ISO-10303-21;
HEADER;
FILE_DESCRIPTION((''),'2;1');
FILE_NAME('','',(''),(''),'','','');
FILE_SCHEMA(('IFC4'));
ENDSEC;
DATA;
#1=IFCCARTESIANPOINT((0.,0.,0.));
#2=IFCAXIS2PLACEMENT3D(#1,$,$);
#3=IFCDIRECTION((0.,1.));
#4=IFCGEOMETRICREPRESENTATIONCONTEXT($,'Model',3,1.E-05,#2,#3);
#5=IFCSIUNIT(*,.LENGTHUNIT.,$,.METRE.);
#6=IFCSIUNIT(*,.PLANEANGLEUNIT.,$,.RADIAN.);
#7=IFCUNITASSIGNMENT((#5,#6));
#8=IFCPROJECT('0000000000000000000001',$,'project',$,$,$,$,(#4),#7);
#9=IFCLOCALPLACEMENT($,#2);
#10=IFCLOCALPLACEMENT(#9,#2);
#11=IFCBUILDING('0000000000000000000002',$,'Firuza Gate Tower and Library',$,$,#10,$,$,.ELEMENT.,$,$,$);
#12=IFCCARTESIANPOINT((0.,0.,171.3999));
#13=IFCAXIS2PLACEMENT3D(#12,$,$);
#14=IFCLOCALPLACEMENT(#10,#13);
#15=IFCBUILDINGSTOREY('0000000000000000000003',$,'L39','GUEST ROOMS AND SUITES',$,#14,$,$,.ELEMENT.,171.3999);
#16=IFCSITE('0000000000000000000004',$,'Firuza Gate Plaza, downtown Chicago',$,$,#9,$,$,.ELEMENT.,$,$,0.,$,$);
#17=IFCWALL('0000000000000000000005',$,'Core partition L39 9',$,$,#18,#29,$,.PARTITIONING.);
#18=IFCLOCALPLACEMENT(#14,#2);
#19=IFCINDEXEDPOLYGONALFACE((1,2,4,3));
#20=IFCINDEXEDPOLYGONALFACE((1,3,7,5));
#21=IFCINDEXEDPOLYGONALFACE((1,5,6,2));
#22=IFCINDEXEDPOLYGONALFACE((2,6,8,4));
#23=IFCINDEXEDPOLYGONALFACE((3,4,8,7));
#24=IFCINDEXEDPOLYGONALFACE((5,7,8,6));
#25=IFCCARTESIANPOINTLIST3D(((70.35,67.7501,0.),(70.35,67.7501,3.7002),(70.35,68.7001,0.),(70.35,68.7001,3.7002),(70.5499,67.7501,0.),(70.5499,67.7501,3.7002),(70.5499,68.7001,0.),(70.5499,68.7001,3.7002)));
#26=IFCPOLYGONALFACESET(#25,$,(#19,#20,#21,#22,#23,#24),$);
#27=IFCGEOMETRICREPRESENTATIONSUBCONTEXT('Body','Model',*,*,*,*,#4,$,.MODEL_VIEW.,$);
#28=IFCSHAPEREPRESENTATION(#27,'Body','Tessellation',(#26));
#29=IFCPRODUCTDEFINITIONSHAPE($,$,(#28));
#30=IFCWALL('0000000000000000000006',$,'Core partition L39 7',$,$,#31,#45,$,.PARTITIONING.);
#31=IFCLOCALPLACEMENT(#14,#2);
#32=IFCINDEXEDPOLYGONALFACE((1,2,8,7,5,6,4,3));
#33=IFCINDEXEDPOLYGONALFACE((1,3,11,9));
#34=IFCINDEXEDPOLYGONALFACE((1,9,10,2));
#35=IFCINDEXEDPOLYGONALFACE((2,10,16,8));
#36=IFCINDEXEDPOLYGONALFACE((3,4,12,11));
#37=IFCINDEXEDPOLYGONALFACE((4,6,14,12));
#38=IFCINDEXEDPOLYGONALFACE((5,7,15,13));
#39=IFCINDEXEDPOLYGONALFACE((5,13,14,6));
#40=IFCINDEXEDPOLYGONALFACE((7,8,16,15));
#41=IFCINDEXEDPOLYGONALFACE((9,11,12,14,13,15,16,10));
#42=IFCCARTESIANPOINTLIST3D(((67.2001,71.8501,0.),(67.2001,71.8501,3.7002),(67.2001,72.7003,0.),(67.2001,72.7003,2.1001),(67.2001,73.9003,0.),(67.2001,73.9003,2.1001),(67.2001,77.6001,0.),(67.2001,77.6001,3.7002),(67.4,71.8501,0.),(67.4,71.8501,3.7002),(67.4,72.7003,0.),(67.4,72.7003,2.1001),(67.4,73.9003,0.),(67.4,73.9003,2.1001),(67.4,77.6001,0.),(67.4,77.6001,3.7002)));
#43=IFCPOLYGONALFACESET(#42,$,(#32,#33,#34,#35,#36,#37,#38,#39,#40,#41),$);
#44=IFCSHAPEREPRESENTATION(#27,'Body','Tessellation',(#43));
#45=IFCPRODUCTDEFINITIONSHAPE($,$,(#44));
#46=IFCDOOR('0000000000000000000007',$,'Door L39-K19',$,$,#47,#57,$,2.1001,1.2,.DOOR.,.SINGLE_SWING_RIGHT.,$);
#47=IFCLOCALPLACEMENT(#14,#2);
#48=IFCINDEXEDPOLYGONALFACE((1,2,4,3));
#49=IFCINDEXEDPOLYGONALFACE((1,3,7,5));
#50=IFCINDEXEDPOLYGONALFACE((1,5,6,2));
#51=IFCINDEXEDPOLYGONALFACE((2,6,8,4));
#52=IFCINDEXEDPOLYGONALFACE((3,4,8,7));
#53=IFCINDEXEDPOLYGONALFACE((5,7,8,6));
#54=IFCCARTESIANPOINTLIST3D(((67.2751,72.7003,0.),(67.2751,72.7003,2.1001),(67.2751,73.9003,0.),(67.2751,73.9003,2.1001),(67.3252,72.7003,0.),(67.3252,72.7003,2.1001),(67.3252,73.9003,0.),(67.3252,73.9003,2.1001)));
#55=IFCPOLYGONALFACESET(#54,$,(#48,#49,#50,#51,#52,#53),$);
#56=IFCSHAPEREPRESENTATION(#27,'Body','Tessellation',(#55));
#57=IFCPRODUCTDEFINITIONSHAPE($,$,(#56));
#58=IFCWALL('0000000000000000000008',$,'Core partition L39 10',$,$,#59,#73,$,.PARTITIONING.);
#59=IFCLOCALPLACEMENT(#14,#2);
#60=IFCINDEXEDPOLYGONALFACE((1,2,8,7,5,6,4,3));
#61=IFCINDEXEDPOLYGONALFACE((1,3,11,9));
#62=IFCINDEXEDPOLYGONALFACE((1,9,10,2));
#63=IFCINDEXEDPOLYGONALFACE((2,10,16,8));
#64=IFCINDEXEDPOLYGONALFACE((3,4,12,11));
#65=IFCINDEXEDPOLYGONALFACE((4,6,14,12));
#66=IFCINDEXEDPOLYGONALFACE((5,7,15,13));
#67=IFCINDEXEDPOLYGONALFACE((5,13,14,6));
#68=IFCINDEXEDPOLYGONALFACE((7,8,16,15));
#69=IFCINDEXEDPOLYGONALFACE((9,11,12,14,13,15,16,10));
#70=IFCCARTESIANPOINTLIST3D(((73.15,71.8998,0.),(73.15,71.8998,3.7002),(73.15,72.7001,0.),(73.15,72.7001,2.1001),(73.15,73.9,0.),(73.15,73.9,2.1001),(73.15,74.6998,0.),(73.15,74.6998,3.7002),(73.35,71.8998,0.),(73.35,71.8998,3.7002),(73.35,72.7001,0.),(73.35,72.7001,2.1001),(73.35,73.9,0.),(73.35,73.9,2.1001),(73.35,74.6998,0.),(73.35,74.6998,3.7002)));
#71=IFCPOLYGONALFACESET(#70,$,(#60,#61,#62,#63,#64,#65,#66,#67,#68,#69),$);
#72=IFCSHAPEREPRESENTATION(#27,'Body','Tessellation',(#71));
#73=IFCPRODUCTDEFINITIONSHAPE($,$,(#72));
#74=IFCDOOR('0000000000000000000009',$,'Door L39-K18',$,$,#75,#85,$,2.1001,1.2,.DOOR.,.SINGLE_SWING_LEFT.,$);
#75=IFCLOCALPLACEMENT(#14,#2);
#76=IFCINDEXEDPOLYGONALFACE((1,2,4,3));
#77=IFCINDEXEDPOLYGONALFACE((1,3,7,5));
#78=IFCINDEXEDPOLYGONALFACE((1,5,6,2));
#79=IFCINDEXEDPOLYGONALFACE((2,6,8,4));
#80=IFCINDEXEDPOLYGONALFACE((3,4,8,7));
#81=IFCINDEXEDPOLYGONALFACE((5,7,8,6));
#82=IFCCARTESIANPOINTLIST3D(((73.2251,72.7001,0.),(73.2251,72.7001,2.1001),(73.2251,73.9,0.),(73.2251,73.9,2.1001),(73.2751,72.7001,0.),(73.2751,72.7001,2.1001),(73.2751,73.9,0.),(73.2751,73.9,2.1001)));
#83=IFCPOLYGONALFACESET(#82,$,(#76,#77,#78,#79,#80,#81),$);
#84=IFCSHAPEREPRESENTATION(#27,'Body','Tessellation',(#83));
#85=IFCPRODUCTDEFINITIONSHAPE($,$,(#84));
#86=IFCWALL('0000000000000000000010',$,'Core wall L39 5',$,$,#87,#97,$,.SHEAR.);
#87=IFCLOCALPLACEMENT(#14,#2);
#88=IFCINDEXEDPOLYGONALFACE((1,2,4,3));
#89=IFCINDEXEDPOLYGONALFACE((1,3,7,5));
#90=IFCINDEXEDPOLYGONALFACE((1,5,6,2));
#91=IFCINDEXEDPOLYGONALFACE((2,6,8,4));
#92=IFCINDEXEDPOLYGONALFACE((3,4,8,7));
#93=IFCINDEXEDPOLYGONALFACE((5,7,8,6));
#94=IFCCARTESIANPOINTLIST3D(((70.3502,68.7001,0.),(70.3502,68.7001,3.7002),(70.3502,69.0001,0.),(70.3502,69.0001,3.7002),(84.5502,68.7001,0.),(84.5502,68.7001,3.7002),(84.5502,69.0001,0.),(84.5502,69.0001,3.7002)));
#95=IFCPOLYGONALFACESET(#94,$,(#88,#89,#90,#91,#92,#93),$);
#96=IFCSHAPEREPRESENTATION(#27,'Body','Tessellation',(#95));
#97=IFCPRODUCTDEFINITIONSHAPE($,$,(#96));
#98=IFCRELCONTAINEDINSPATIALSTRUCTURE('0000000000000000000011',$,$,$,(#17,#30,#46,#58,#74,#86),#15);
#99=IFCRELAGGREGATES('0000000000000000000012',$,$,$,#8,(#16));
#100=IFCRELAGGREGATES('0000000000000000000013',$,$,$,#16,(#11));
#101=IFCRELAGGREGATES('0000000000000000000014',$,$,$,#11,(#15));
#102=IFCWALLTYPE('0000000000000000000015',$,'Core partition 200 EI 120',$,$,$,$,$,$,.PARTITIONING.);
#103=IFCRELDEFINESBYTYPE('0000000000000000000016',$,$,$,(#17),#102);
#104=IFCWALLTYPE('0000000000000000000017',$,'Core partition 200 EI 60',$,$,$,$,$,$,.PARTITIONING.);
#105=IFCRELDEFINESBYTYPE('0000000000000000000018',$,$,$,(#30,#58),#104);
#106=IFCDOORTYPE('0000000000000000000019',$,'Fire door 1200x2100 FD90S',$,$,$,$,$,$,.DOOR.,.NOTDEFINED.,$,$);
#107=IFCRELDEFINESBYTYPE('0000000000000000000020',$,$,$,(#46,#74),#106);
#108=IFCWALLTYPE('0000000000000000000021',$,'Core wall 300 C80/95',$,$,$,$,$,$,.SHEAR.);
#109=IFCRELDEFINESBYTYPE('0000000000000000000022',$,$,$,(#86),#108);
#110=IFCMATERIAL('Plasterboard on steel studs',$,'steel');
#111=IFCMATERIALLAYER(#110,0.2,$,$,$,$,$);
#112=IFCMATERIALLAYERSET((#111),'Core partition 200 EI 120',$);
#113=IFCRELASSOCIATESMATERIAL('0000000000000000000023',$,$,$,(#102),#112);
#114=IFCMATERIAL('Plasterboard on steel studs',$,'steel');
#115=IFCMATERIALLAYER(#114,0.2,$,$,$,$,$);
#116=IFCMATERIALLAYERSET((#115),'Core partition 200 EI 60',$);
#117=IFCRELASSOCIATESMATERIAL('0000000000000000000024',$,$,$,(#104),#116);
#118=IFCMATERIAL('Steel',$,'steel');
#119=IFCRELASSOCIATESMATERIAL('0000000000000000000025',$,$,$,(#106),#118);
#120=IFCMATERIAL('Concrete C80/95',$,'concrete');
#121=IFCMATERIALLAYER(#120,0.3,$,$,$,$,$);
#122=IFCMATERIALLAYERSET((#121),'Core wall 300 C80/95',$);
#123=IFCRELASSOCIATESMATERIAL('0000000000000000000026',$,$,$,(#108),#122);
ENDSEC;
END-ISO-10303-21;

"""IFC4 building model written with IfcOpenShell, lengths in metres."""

from ifc_helpers import new_model, si_unit, direction, frame, frame_2d, origin, place, context, subcontext, project, spatial, rectangle, extrude, material, layer, layer_set, type_object, element, fill, save


model = new_model("IFC4")

# Units and contexts
model_context = context("Model", 3, precision=1e-05, world=origin(), true_north=direction((0.0, 1.0)))
body_context = subcontext(model_context, "Body", "Model", "MODEL_VIEW")
ifc_project = project(units=[si_unit("LENGTHUNIT", "METRE"), si_unit("PLANEANGLEUNIT", "RADIAN")], contexts=[model_context])

# Site, building, storey
site_placement = place(None, origin())
site = spatial("IfcSite", under=ifc_project, at=site_placement, Name="Firuza Gate Plaza, downtown Chicago", CompositionType="ELEMENT", RefElevation=0.0)
building_placement = place(site_placement, origin())
building = spatial("IfcBuilding", under=site, at=building_placement, Name="Firuza Gate Tower and Library", CompositionType="ELEMENT")
storey_placement = place(building_placement, frame((0.0, 0.0, 171.3999)))
storey = spatial("IfcBuildingStorey", under=building, at=storey_placement, Name="L39", Description="GUEST ROOMS AND SUITES", CompositionType="ELEMENT", Elevation=171.3999)

# Wall
ifc_material_1 = material(Name="Plasterboard on steel studs", Category="steel")
ifc_layer_1 = layer(ifc_material_1, 0.2)
ifc_layer_set_1 = layer_set([ifc_layer_1], Name="Core partition 200 EI 120")
wall_type_1 = type_object("IfcWallType", Name="Core partition 200 EI 120", PredefinedType="PARTITIONING", material=ifc_layer_set_1)
wall_1_placement = place(storey_placement, frame((70.45, 67.75, 0.0), z_axis=(0.0, 0.0, 1.0), x_axis=(0.0, 1.0, 0.0)))
element("IfcWall", 1, at=wall_1_placement, inside=storey, type_object=wall_type_1, Name="Core partition L39 9", PredefinedType="PARTITIONING", context=body_context, shape_type="SweptSolid", body=[
    extrude(rectangle(XDim=0.95, YDim=0.2, at=frame_2d((0.4751, 0.0))), origin(), (0.0, 0.0, 1.0), 3.7002),
])

# Walls, openings, doors
ifc_material_2 = material(Name="Plasterboard on steel studs", Category="steel")
ifc_layer_2 = layer(ifc_material_2, 0.2)
ifc_layer_set_2 = layer_set([ifc_layer_2], Name="Core partition 200 EI 60")
wall_type_2 = type_object("IfcWallType", Name="Core partition 200 EI 60", PredefinedType="PARTITIONING", material=ifc_layer_set_2)
wall_2_placement = place(storey_placement, frame((67.3, 71.8501, 0.0), z_axis=(0.0, 0.0, 1.0), x_axis=(0.0, 1.0, 0.0)))
wall_2 = element("IfcWall", 2, at=wall_2_placement, inside=storey, type_object=wall_type_2, Name="Core partition L39 7", PredefinedType="PARTITIONING", context=body_context, shape_type="SweptSolid", body=[
    extrude(rectangle(XDim=5.75, YDim=0.2, at=frame_2d((2.875, 0.0))), origin(), (0.0, 0.0, 1.0), 3.7002),
])
opening_1_placement = place(wall_2_placement, frame((0.8501, 0.0, 0.0)))
opening_1 = element("IfcOpeningElement", 3, at=opening_1_placement, cuts=wall_2, PredefinedType="OPENING", context=body_context, shape_type="SweptSolid", body=[
    extrude(rectangle(XDim=1.2, YDim=2.1001, at=frame_2d((0.6001, 1.05))), frame((0.0, 0.1099, 0.0), z_axis=(0.0, -1.0, 0.0), x_axis=(1.0, 0.0, 0.0)), (0.0, 0.0, 1.0), 0.22),
])
ifc_material_3 = material(Name="Steel", Category="steel")
door_type_1 = type_object("IfcDoorType", Name="Fire door 1200x2100 FD90S", OperationType="NOTDEFINED", PredefinedType="DOOR", material=ifc_material_3)
door_1_placement = place(opening_1_placement, origin())
door_1 = element("IfcDoor", 4, at=door_1_placement, inside=storey, type_object=door_type_1, Name="Door L39-K19", OperationType="SINGLE_SWING_RIGHT", OverallHeight=2.1001, OverallWidth=1.2, PredefinedType="DOOR", context=body_context, shape_type="SweptSolid", body=[
    extrude(rectangle(XDim=1.2, YDim=2.1001, at=frame_2d((0.6001, 1.05))), frame((0.0, 0.0249, 0.0), z_axis=(0.0, -1.0, 0.0), x_axis=(1.0, 0.0, 0.0)), (0.0, 0.0, 1.0), 0.05),
])
fill(opening_1, door_1)
wall_3_placement = place(storey_placement, frame((73.25, 71.8999, 0.0), z_axis=(0.0, 0.0, 1.0), x_axis=(0.0, 1.0, 0.0)))
wall_3 = element("IfcWall", 5, at=wall_3_placement, inside=storey, type_object=wall_type_2, Name="Core partition L39 10", PredefinedType="PARTITIONING", context=body_context, shape_type="SweptSolid", body=[
    extrude(rectangle(XDim=2.8, YDim=0.2, at=frame_2d((1.3999, 0.0))), origin(), (0.0, 0.0, 1.0), 3.7002),
])
opening_2_placement = place(wall_3_placement, frame((0.8, 0.0, 0.0)))
opening_2 = element("IfcOpeningElement", 6, at=opening_2_placement, cuts=wall_3, PredefinedType="OPENING", context=body_context, shape_type="SweptSolid", body=[
    extrude(rectangle(XDim=1.2, YDim=2.1001, at=frame_2d((0.6001, 1.05))), frame((0.0, 0.1099, 0.0), z_axis=(0.0, -1.0, 0.0), x_axis=(1.0, 0.0, 0.0)), (0.0, 0.0, 1.0), 0.22),
])
door_2_placement = place(opening_2_placement, origin())
door_2 = element("IfcDoor", 7, at=door_2_placement, inside=storey, type_object=door_type_1, Name="Door L39-K18", OperationType="SINGLE_SWING_LEFT", OverallHeight=2.1001, OverallWidth=1.2, PredefinedType="DOOR", context=body_context, shape_type="SweptSolid", body=[
    extrude(rectangle(XDim=1.2, YDim=2.1001, at=frame_2d((0.6001, 1.05))), frame((0.0, 0.0249, 0.0), z_axis=(0.0, -1.0, 0.0), x_axis=(1.0, 0.0, 0.0)), (0.0, 0.0, 1.0), 0.05),
])
fill(opening_2, door_2)

# Wall
ifc_material_4 = material(Name="Concrete C80/95", Category="concrete")
ifc_layer_3 = layer(ifc_material_4, 0.3)
ifc_layer_set_3 = layer_set([ifc_layer_3], Name="Core wall 300 C80/95")
wall_type_3 = type_object("IfcWallType", Name="Core wall 300 C80/95", PredefinedType="SHEAR", material=ifc_layer_set_3)
wall_4_placement = place(storey_placement, frame((70.3501, 68.8501, 0.0), z_axis=(0.0, 0.0, 1.0), x_axis=(1.0, 0.0, 0.0)))
element("IfcWall", 8, at=wall_4_placement, inside=storey, type_object=wall_type_3, Name="Core wall L39 5", PredefinedType="SHEAR", context=body_context, shape_type="SweptSolid", body=[
    extrude(rectangle(XDim=14.2, YDim=0.3, at=frame_2d((7.1001, 0.0))), origin(), (0.0, 0.0, 1.0), 3.7002),
])

save(model, "model.ifc")
